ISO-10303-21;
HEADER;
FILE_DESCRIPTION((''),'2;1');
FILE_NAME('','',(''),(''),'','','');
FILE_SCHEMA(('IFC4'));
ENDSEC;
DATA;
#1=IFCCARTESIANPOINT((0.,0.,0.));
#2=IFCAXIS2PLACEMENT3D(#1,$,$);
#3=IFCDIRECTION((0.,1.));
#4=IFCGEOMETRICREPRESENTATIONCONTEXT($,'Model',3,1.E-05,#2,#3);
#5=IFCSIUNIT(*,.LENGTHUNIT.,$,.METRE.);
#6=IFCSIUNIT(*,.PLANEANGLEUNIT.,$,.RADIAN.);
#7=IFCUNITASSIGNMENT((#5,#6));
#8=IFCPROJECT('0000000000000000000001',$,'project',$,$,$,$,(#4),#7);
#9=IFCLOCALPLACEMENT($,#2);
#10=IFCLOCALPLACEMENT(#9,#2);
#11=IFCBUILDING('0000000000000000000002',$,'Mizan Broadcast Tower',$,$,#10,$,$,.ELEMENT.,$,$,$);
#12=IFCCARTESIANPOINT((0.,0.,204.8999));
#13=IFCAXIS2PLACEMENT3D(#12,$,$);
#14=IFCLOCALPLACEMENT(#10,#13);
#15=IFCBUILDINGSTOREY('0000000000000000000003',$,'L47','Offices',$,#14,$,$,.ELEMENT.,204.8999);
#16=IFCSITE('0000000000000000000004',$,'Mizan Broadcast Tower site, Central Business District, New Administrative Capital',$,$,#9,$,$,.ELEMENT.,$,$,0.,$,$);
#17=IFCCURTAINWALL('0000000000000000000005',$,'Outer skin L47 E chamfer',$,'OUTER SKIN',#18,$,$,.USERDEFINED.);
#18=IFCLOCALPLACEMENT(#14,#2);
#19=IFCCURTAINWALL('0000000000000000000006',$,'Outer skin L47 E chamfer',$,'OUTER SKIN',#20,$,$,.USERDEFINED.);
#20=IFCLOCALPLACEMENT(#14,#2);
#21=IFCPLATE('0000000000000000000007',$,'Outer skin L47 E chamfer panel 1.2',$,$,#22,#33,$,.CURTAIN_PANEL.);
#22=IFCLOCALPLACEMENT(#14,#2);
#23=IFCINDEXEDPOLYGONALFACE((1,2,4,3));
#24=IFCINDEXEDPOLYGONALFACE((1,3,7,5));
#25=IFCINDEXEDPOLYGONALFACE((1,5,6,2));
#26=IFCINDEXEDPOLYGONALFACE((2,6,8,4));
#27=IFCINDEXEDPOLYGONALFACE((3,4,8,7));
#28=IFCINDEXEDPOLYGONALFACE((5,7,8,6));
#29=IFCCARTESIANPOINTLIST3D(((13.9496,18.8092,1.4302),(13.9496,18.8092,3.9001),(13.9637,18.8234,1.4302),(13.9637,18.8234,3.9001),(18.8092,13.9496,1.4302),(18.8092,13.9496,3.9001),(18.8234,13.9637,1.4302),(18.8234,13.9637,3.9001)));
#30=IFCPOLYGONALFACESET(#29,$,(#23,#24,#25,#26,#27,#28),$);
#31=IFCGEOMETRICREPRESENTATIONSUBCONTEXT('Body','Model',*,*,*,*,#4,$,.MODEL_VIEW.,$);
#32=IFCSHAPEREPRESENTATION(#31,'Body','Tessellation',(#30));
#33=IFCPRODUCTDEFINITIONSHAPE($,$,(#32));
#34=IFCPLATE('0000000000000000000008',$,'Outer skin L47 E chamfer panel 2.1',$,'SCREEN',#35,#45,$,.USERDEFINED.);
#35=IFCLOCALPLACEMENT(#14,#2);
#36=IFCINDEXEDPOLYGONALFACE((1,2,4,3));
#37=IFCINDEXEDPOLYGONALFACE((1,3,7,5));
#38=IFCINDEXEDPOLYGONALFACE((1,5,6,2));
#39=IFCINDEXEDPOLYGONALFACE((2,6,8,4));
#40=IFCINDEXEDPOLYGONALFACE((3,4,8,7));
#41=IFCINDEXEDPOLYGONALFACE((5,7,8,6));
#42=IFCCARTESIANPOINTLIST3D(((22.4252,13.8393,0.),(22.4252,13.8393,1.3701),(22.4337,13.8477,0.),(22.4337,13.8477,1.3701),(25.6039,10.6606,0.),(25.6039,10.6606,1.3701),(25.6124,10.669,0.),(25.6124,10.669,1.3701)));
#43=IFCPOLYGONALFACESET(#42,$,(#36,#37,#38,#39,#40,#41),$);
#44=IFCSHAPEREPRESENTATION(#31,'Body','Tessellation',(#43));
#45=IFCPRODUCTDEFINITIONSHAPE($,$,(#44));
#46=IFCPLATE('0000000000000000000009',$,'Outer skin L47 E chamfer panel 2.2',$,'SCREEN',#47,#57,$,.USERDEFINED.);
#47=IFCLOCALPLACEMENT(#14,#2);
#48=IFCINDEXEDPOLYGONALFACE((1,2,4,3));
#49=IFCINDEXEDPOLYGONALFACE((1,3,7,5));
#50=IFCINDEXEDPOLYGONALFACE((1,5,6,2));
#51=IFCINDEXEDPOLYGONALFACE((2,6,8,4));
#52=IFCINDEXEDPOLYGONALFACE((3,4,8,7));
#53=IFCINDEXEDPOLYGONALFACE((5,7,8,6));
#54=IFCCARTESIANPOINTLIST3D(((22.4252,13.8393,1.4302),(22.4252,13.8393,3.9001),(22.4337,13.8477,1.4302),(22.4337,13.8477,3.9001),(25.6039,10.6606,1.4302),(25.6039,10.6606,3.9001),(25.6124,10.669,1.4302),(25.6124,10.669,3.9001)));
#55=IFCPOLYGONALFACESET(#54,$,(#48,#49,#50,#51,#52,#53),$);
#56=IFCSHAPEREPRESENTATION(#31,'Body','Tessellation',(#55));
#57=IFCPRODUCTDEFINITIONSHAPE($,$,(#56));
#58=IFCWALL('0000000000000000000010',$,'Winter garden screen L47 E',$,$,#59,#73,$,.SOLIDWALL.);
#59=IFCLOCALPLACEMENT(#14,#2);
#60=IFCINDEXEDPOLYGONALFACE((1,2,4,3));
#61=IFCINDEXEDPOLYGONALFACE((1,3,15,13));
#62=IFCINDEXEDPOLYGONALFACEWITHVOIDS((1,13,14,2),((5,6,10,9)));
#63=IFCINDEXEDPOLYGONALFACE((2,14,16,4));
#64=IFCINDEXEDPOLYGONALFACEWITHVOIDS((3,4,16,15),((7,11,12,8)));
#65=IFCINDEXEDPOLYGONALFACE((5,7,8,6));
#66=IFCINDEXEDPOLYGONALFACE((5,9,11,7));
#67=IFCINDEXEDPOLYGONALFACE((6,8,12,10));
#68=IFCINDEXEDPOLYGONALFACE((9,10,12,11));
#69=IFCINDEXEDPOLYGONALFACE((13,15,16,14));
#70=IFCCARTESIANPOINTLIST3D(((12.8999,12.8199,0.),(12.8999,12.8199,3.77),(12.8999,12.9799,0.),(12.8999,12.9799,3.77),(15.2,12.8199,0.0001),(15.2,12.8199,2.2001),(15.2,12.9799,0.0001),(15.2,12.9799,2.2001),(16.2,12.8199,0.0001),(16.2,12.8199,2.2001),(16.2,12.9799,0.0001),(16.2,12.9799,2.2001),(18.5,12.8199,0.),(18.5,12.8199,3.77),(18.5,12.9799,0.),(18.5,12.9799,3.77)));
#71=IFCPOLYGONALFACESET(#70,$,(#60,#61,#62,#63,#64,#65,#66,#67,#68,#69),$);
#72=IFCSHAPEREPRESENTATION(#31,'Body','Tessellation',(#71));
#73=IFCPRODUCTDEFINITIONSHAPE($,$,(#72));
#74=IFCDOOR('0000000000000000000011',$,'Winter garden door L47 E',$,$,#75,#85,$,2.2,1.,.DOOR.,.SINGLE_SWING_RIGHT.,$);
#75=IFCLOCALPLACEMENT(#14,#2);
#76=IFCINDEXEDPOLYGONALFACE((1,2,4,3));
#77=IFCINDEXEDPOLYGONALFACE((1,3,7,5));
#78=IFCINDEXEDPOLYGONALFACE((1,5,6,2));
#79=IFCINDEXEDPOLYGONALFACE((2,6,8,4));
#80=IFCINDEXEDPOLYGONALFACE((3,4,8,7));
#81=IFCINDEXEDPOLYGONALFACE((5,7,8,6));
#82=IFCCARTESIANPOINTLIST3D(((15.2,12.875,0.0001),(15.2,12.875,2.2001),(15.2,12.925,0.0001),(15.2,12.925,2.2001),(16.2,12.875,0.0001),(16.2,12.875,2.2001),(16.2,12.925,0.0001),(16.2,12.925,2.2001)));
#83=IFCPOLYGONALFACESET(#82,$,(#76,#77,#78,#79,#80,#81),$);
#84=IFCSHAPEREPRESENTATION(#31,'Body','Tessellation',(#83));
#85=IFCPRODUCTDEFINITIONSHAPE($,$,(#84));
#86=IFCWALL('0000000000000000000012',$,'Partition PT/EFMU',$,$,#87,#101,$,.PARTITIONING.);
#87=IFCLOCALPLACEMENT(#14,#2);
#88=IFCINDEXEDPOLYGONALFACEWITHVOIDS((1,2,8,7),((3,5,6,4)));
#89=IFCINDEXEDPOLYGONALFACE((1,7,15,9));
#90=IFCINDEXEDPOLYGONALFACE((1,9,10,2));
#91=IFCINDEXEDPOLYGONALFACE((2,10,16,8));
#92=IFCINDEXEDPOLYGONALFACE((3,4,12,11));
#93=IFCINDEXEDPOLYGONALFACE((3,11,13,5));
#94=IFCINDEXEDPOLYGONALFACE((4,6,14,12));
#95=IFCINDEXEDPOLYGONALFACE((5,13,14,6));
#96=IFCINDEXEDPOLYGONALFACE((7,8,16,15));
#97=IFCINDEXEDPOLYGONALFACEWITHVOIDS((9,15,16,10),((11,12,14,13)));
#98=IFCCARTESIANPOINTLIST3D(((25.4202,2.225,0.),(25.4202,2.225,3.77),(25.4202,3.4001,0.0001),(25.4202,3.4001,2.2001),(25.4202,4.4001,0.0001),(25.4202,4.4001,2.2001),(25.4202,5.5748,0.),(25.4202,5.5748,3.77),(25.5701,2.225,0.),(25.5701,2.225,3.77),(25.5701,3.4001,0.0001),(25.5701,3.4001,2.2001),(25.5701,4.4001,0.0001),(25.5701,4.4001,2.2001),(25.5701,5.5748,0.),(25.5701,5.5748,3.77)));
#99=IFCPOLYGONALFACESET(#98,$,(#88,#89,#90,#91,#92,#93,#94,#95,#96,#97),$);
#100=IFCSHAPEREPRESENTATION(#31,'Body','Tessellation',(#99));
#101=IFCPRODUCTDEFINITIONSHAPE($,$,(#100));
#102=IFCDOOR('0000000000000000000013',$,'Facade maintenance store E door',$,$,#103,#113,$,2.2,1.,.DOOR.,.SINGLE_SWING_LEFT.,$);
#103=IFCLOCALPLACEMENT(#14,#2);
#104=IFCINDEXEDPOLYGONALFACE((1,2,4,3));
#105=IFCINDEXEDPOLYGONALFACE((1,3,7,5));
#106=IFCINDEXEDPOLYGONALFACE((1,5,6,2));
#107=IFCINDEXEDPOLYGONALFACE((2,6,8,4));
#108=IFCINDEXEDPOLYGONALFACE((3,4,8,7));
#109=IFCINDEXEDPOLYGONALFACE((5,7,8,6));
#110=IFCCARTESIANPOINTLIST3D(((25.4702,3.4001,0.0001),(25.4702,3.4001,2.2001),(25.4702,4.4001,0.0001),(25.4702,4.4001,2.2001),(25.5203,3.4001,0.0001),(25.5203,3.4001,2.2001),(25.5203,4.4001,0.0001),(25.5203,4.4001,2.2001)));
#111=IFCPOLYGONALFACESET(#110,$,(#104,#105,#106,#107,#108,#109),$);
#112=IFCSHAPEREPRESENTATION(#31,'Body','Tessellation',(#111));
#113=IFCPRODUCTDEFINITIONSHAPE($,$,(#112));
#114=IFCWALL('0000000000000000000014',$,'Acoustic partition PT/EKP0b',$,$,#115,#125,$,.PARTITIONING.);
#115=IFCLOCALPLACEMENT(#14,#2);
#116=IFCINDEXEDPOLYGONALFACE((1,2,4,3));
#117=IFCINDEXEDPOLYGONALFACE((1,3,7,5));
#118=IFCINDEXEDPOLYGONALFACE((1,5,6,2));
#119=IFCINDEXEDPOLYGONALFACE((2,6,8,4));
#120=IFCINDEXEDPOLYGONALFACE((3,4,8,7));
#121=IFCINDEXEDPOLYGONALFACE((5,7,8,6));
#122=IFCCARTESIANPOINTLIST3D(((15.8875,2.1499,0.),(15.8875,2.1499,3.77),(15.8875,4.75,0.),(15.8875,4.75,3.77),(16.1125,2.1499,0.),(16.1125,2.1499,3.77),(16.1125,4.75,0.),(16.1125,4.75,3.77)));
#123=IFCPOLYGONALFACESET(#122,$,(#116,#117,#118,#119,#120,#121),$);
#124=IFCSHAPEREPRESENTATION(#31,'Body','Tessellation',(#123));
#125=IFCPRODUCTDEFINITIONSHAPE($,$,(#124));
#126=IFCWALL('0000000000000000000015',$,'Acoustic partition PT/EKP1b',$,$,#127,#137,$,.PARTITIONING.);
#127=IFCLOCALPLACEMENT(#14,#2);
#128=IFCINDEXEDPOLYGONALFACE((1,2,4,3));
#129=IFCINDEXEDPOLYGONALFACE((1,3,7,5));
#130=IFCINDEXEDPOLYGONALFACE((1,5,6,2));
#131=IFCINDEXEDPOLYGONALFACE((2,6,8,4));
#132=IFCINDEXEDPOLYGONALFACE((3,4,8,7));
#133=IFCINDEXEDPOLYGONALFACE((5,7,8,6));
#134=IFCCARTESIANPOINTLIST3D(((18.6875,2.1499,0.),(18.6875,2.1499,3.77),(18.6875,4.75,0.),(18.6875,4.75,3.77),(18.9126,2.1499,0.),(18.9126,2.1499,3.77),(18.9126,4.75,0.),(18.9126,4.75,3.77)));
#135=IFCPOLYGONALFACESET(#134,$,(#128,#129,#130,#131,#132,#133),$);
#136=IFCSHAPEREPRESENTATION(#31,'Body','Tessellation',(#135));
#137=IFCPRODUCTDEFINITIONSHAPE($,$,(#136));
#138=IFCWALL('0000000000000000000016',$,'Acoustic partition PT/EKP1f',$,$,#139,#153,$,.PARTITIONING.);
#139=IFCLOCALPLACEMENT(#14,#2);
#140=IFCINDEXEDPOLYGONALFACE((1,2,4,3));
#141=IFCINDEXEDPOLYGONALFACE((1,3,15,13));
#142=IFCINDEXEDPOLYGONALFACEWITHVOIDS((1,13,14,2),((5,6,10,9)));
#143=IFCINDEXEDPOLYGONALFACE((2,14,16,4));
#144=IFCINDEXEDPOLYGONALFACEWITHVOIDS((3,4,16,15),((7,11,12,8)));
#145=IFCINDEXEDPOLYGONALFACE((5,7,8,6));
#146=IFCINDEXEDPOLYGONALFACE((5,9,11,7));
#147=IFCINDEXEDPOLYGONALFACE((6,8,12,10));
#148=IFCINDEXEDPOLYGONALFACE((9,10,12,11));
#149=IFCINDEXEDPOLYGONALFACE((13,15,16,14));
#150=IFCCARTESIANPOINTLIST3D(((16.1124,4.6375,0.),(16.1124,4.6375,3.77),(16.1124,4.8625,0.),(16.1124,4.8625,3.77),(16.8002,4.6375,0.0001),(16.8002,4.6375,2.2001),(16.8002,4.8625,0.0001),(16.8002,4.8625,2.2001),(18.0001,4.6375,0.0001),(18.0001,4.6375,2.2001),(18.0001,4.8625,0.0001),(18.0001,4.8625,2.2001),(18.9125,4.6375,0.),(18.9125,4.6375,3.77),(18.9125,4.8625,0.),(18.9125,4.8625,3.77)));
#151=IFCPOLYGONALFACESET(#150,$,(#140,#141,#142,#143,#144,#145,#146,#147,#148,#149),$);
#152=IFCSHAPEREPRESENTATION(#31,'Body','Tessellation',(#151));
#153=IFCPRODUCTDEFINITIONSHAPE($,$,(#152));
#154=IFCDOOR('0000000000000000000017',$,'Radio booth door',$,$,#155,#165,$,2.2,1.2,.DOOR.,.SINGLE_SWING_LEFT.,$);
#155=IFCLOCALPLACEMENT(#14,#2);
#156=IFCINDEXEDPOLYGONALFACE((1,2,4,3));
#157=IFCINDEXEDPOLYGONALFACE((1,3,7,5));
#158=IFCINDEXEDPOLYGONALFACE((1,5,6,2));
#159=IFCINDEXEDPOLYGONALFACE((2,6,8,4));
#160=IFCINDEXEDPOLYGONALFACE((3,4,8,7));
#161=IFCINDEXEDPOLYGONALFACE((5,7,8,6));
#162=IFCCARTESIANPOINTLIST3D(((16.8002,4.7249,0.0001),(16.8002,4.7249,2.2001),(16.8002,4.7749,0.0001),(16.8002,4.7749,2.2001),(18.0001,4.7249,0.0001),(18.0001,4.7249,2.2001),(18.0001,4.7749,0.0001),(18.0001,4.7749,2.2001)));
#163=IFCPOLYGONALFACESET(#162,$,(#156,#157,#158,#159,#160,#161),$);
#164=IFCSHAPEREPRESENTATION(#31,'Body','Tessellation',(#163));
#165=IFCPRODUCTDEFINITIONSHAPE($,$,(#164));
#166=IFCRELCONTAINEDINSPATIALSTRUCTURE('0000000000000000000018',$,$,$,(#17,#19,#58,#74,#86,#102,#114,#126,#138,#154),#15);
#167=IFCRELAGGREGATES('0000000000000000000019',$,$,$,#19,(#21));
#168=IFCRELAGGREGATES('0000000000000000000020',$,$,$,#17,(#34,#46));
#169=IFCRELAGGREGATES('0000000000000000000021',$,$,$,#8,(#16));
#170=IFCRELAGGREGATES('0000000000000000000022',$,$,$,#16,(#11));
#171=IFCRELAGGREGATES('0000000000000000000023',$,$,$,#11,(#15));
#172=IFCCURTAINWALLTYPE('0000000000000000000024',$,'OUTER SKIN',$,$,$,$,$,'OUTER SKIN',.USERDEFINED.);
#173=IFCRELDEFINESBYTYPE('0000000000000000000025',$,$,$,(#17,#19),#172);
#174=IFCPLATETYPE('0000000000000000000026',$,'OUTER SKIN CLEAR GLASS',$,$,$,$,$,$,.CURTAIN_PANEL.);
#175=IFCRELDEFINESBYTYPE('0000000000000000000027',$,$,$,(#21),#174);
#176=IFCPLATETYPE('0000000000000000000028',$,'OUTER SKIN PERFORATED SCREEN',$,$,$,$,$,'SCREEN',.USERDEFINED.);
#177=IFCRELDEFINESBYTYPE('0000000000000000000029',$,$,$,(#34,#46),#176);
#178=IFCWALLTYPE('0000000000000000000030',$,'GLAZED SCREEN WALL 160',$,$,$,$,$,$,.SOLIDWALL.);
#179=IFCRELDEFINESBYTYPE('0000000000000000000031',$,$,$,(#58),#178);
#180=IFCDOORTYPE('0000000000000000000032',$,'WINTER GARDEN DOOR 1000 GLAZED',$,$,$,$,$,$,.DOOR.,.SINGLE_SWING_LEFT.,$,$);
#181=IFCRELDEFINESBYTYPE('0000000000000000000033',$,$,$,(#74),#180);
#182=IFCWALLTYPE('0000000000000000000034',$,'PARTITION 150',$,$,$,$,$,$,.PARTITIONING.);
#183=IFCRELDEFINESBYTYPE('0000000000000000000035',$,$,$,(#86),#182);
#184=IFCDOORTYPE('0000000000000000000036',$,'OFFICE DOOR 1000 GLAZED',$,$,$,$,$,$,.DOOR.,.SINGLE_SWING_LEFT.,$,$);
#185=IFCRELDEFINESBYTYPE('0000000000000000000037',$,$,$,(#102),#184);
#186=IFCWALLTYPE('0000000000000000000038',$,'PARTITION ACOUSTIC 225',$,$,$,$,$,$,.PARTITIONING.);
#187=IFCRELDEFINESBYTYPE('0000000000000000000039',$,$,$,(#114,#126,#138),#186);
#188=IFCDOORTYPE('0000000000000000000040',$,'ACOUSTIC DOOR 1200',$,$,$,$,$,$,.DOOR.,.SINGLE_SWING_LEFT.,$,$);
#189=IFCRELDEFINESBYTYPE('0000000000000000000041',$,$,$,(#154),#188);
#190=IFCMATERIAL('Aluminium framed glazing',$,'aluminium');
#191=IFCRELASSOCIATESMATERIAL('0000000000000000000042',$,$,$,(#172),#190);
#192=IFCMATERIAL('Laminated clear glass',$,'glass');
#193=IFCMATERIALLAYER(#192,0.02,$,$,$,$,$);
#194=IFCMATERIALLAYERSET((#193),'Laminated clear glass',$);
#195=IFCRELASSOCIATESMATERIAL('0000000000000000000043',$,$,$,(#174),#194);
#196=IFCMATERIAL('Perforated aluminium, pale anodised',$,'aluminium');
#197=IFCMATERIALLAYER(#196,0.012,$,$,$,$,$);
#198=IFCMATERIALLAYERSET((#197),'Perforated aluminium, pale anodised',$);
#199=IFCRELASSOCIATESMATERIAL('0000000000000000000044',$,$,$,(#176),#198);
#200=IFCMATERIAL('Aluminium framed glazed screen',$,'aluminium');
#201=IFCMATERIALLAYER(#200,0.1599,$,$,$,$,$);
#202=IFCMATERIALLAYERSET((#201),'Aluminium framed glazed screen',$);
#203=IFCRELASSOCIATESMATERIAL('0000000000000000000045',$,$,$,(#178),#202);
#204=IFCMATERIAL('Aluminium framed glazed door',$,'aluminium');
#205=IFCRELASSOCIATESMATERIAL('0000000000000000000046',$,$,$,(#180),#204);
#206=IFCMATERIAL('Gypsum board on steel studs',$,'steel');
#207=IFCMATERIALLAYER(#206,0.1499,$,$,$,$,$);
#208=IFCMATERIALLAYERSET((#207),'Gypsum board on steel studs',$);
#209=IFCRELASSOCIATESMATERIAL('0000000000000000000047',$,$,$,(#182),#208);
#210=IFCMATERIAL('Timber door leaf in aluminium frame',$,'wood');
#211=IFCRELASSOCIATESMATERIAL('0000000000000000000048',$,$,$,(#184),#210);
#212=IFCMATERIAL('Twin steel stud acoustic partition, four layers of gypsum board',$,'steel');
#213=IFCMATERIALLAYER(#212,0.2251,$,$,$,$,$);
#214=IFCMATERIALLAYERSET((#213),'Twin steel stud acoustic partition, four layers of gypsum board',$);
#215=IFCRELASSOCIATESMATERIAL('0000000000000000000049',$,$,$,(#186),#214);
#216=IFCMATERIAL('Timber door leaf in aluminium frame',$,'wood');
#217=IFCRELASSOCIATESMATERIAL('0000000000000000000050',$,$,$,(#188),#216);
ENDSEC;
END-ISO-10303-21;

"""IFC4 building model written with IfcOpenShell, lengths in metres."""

from ifc_helpers import new_model, si_unit, direction, frame, frame_2d, origin, origin_2d, place, context, subcontext, project, spatial, rectangle, extrude, material, layer, layer_set, type_object, element, fill, aggregate, save


model = new_model("IFC4")

# Units and contexts
model_context = context("Model", 3, precision=1e-05, world=origin(), true_north=direction((0.0, 1.0)))
body_context = subcontext(model_context, "Body", "Model", "MODEL_VIEW")
ifc_project = project(units=[si_unit("LENGTHUNIT", "METRE"), si_unit("PLANEANGLEUNIT", "RADIAN")], contexts=[model_context])

# Site, building, storey
site_placement = place(None, origin())
site = spatial("IfcSite", under=ifc_project, at=site_placement, Name="Mizan Broadcast Tower site, Central Business District, New Administrative Capital", CompositionType="ELEMENT", RefElevation=0.0)
building_placement = place(site_placement, origin())
building = spatial("IfcBuilding", under=site, at=building_placement, Name="Mizan Broadcast Tower", CompositionType="ELEMENT")
storey_placement = place(building_placement, frame((0.0, 0.0, 204.8999)))
storey = spatial("IfcBuildingStorey", under=building, at=storey_placement, Name="L47", Description="Offices", CompositionType="ELEMENT", Elevation=204.8999)

# Curtain wall
ifc_material_1 = material(Name="Aluminium framed glazing", Category="aluminium")
curtain_wall_type_1 = type_object("IfcCurtainWallType", Name="OUTER SKIN", ElementType="OUTER SKIN", PredefinedType="USERDEFINED", material=ifc_material_1)
curtain_wall_1_placement = place(storey_placement, origin())
curtain_wall_1 = element("IfcCurtainWall", 1, at=curtain_wall_1_placement, inside=storey, type_object=curtain_wall_type_1, Name="Outer skin L47 E chamfer", ObjectType="OUTER SKIN", PredefinedType="USERDEFINED")

# Curtain wall
curtain_wall_2_placement = place(storey_placement, origin())
curtain_wall_2 = element("IfcCurtainWall", 2, at=curtain_wall_2_placement, inside=storey, type_object=curtain_wall_type_1, Name="Outer skin L47 E chamfer", ObjectType="OUTER SKIN", PredefinedType="USERDEFINED")

# Plates
ifc_material_2 = material(Name="Laminated clear glass", Category="glass")
ifc_layer_1 = layer(ifc_material_2, 0.02)
ifc_layer_set_1 = layer_set([ifc_layer_1], Name="Laminated clear glass")
plate_type_1 = type_object("IfcPlateType", Name="OUTER SKIN CLEAR GLASS", PredefinedType="CURTAIN_PANEL", material=ifc_layer_set_1)
plate_1_placement = place(storey_placement, frame((16.3865, 16.3865, 1.4302), z_axis=(0.0, 0.0, 1.0), x_axis=(-0.707107, 0.707107, 0.0)))
plate_1 = element("IfcPlate", 3, at=plate_1_placement, type_object=plate_type_1, Name="Outer skin L47 E chamfer panel 1.2", PredefinedType="CURTAIN_PANEL", context=body_context, shape_type="SweptSolid", body=[
    extrude(rectangle(XDim=6.8726, YDim=0.02, at=origin_2d()), origin(), (0.0, 0.0, 1.0), 2.47),
])
aggregate(curtain_wall_2, [plate_1])
ifc_material_3 = material(Name="Perforated aluminium, pale anodised", Category="aluminium")
ifc_layer_2 = layer(ifc_material_3, 0.012)
ifc_layer_set_2 = layer_set([ifc_layer_2], Name="Perforated aluminium, pale anodised")
plate_type_2 = type_object("IfcPlateType", Name="OUTER SKIN PERFORATED SCREEN", ElementType="SCREEN", PredefinedType="USERDEFINED", material=ifc_layer_set_2)
plate_2_placement = place(storey_placement, frame((24.0188, 12.2542, 0.0), z_axis=(0.0, 0.0, 1.0), x_axis=(-0.707107, 0.707107, 0.0)))
plate_2 = element("IfcPlate", 4, at=plate_2_placement, type_object=plate_type_2, Name="Outer skin L47 E chamfer panel 2.1", ObjectType="SCREEN", PredefinedType="USERDEFINED", context=body_context, shape_type="SweptSolid", body=[
    extrude(rectangle(XDim=4.4954, YDim=0.012, at=origin_2d()), origin(), (0.0, 0.0, 1.0), 1.3701),
])
plate_3_placement = place(storey_placement, frame((24.0188, 12.2542, 1.4302), z_axis=(0.0, 0.0, 1.0), x_axis=(-0.707107, 0.707107, 0.0)))
plate_3 = element("IfcPlate", 5, at=plate_3_placement, type_object=plate_type_2, Name="Outer skin L47 E chamfer panel 2.2", ObjectType="SCREEN", PredefinedType="USERDEFINED", context=body_context, shape_type="SweptSolid", body=[
    extrude(rectangle(XDim=4.4954, YDim=0.012, at=origin_2d()), origin(), (0.0, 0.0, 1.0), 2.47),
])
aggregate(curtain_wall_1, [plate_2, plate_3])

# Walls, openings, doors
ifc_material_4 = material(Name="Aluminium framed glazed screen", Category="aluminium")
ifc_layer_3 = layer(ifc_material_4, 0.1599)
ifc_layer_set_3 = layer_set([ifc_layer_3], Name="Aluminium framed glazed screen")
wall_type_1 = type_object("IfcWallType", Name="GLAZED SCREEN WALL 160", PredefinedType="SOLIDWALL", material=ifc_layer_set_3)
wall_1_placement = place(storey_placement, frame((18.5, 12.8999, 0.0), z_axis=(0.0, 0.0, 1.0), x_axis=(-1.0, 0.0, 0.0)))
wall_1 = element("IfcWall", 6, at=wall_1_placement, inside=storey, type_object=wall_type_1, Name="Winter garden screen L47 E", PredefinedType="SOLIDWALL", context=body_context, shape_type="SweptSolid", body=[
    extrude(rectangle(XDim=5.6001, YDim=0.1599, at=frame_2d((2.8, 0.0))), origin(), (0.0, 0.0, 1.0), 3.77),
])
opening_1_placement = place(wall_1_placement, frame((2.3, 0.0, 0.0)))
opening_1 = element("IfcOpeningElement", 7, at=opening_1_placement, cuts=wall_1, PredefinedType="OPENING", context=body_context, shape_type="SweptSolid", body=[
    extrude(rectangle(XDim=1.0, YDim=2.2, at=frame_2d((0.5, 1.1001))), frame((0.0, 0.0898, 0.0), z_axis=(0.0, -1.0, 0.0), x_axis=(1.0, 0.0, 0.0)), (0.0, 0.0, 1.0), 0.1799),
])
ifc_material_5 = material(Name="Aluminium framed glazed door", Category="aluminium")
door_type_1 = type_object("IfcDoorType", Name="WINTER GARDEN DOOR 1000 GLAZED", OperationType="SINGLE_SWING_LEFT", PredefinedType="DOOR", material=ifc_material_5)
door_1_placement = place(opening_1_placement, origin())
door_1 = element("IfcDoor", 8, at=door_1_placement, inside=storey, type_object=door_type_1, Name="Winter garden door L47 E", OperationType="SINGLE_SWING_RIGHT", OverallHeight=2.2, OverallWidth=1.0, PredefinedType="DOOR", context=body_context, shape_type="SweptSolid", body=[
    extrude(rectangle(XDim=1.0, YDim=2.2, at=frame_2d((0.5, 1.1001))), frame((0.0, 0.0249, 0.0), z_axis=(0.0, -1.0, 0.0), x_axis=(1.0, 0.0, 0.0)), (0.0, 0.0, 1.0), 0.05),
])
fill(opening_1, door_1)
ifc_material_6 = material(Name="Gypsum board on steel studs", Category="steel")
ifc_layer_4 = layer(ifc_material_6, 0.1499)
ifc_layer_set_4 = layer_set([ifc_layer_4], Name="Gypsum board on steel studs")
wall_type_2 = type_object("IfcWallType", Name="PARTITION 150", PredefinedType="PARTITIONING", material=ifc_layer_set_4)
wall_2_placement = place(storey_placement, frame((25.4951, 2.2251, 0.0), z_axis=(0.0, 0.0, 1.0), x_axis=(0.0, 1.0, 0.0)))
wall_2 = element("IfcWall", 9, at=wall_2_placement, inside=storey, type_object=wall_type_2, Name="Partition PT/EFMU", PredefinedType="PARTITIONING", context=body_context, shape_type="SweptSolid", body=[
    extrude(rectangle(XDim=3.3499, YDim=0.1499, at=frame_2d((1.6748, 0.0))), origin(), (0.0, 0.0, 1.0), 3.77),
])
opening_2_placement = place(wall_2_placement, frame((1.175, 0.0, 0.0)))
opening_2 = element("IfcOpeningElement", 10, at=opening_2_placement, cuts=wall_2, PredefinedType="OPENING", context=body_context, shape_type="SweptSolid", body=[
    extrude(rectangle(XDim=1.0, YDim=2.2, at=frame_2d((0.5, 1.1001))), frame((0.0, 0.085, 0.0), z_axis=(0.0, -1.0, 0.0), x_axis=(1.0, 0.0, 0.0)), (0.0, 0.0, 1.0), 0.1699),
])
ifc_material_7 = material(Name="Timber door leaf in aluminium frame", Category="wood")
door_type_2 = type_object("IfcDoorType", Name="OFFICE DOOR 1000 GLAZED", OperationType="SINGLE_SWING_LEFT", PredefinedType="DOOR", material=ifc_material_7)
door_2_placement = place(opening_2_placement, origin())
door_2 = element("IfcDoor", 11, at=door_2_placement, inside=storey, type_object=door_type_2, Name="Facade maintenance store E door", OperationType="SINGLE_SWING_LEFT", OverallHeight=2.2, OverallWidth=1.0, PredefinedType="DOOR", context=body_context, shape_type="SweptSolid", body=[
    extrude(rectangle(XDim=1.0, YDim=2.2, at=frame_2d((0.5, 1.1001))), frame((0.0, 0.0249, 0.0), z_axis=(0.0, -1.0, 0.0), x_axis=(1.0, 0.0, 0.0)), (0.0, 0.0, 1.0), 0.05),
])
fill(opening_2, door_2)

# Walls
ifc_material_8 = material(Name="Twin steel stud acoustic partition, four layers of gypsum board", Category="steel")
ifc_layer_5 = layer(ifc_material_8, 0.2251)
ifc_layer_set_5 = layer_set([ifc_layer_5], Name="Twin steel stud acoustic partition, four layers of gypsum board")
wall_type_3 = type_object("IfcWallType", Name="PARTITION ACOUSTIC 225", PredefinedType="PARTITIONING", material=ifc_layer_set_5)
for number, where, z_axis, x_axis, name in (
    (12, (16.0, 2.1499, 0.0), (0.0, 0.0, 1.0), (0.0, 1.0, 0.0), "Acoustic partition PT/EKP0b"),
    (13, (18.8, 2.1499, 0.0), (0.0, 0.0, 1.0), (0.0, 1.0, 0.0), "Acoustic partition PT/EKP1b"),
):
    element("IfcWall", number, at=place(storey_placement, frame(where, z_axis=z_axis, x_axis=x_axis)), inside=storey, type_object=wall_type_3, Name=name, PredefinedType="PARTITIONING", context=body_context, shape_type="SweptSolid", body=[
        extrude(rectangle(XDim=2.6001, YDim=0.2251, at=frame_2d((1.3, 0.0))), origin(), (0.0, 0.0, 1.0), 3.77),
    ])

# Wall, opening, door
wall_3_placement = place(storey_placement, frame((16.1125, 4.75, 0.0), z_axis=(0.0, 0.0, 1.0), x_axis=(1.0, 0.0, 0.0)))
wall_3 = element("IfcWall", 14, at=wall_3_placement, inside=storey, type_object=wall_type_3, Name="Acoustic partition PT/EKP1f", PredefinedType="PARTITIONING", context=body_context, shape_type="SweptSolid", body=[
    extrude(rectangle(XDim=2.8, YDim=0.2251, at=frame_2d((1.3999, 0.0))), origin(), (0.0, 0.0, 1.0), 3.77),
])
opening_3_placement = place(wall_3_placement, frame((0.6875, 0.0, 0.0)))
opening_3 = element("IfcOpeningElement", 15, at=opening_3_placement, cuts=wall_3, PredefinedType="OPENING", context=body_context, shape_type="SweptSolid", body=[
    extrude(rectangle(XDim=1.2, YDim=2.2, at=frame_2d((0.6001, 1.1001))), frame((0.0, 0.1226, 0.0), z_axis=(0.0, -1.0, 0.0), x_axis=(1.0, 0.0, 0.0)), (0.0, 0.0, 1.0), 0.2451),
])
ifc_material_9 = material(Name="Timber door leaf in aluminium frame", Category="wood")
door_type_3 = type_object("IfcDoorType", Name="ACOUSTIC DOOR 1200", OperationType="SINGLE_SWING_LEFT", PredefinedType="DOOR", material=ifc_material_9)
door_3_placement = place(opening_3_placement, origin())
door_3 = element("IfcDoor", 16, at=door_3_placement, inside=storey, type_object=door_type_3, Name="Radio booth door", OperationType="SINGLE_SWING_LEFT", OverallHeight=2.2, OverallWidth=1.2, PredefinedType="DOOR", context=body_context, shape_type="SweptSolid", body=[
    extrude(rectangle(XDim=1.2, YDim=2.2, at=frame_2d((0.6001, 1.1001))), frame((0.0, 0.0249, 0.0), z_axis=(0.0, -1.0, 0.0), x_axis=(1.0, 0.0, 0.0)), (0.0, 0.0, 1.0), 0.05),
])
fill(opening_3, door_3)

save(model, "model.ifc")
